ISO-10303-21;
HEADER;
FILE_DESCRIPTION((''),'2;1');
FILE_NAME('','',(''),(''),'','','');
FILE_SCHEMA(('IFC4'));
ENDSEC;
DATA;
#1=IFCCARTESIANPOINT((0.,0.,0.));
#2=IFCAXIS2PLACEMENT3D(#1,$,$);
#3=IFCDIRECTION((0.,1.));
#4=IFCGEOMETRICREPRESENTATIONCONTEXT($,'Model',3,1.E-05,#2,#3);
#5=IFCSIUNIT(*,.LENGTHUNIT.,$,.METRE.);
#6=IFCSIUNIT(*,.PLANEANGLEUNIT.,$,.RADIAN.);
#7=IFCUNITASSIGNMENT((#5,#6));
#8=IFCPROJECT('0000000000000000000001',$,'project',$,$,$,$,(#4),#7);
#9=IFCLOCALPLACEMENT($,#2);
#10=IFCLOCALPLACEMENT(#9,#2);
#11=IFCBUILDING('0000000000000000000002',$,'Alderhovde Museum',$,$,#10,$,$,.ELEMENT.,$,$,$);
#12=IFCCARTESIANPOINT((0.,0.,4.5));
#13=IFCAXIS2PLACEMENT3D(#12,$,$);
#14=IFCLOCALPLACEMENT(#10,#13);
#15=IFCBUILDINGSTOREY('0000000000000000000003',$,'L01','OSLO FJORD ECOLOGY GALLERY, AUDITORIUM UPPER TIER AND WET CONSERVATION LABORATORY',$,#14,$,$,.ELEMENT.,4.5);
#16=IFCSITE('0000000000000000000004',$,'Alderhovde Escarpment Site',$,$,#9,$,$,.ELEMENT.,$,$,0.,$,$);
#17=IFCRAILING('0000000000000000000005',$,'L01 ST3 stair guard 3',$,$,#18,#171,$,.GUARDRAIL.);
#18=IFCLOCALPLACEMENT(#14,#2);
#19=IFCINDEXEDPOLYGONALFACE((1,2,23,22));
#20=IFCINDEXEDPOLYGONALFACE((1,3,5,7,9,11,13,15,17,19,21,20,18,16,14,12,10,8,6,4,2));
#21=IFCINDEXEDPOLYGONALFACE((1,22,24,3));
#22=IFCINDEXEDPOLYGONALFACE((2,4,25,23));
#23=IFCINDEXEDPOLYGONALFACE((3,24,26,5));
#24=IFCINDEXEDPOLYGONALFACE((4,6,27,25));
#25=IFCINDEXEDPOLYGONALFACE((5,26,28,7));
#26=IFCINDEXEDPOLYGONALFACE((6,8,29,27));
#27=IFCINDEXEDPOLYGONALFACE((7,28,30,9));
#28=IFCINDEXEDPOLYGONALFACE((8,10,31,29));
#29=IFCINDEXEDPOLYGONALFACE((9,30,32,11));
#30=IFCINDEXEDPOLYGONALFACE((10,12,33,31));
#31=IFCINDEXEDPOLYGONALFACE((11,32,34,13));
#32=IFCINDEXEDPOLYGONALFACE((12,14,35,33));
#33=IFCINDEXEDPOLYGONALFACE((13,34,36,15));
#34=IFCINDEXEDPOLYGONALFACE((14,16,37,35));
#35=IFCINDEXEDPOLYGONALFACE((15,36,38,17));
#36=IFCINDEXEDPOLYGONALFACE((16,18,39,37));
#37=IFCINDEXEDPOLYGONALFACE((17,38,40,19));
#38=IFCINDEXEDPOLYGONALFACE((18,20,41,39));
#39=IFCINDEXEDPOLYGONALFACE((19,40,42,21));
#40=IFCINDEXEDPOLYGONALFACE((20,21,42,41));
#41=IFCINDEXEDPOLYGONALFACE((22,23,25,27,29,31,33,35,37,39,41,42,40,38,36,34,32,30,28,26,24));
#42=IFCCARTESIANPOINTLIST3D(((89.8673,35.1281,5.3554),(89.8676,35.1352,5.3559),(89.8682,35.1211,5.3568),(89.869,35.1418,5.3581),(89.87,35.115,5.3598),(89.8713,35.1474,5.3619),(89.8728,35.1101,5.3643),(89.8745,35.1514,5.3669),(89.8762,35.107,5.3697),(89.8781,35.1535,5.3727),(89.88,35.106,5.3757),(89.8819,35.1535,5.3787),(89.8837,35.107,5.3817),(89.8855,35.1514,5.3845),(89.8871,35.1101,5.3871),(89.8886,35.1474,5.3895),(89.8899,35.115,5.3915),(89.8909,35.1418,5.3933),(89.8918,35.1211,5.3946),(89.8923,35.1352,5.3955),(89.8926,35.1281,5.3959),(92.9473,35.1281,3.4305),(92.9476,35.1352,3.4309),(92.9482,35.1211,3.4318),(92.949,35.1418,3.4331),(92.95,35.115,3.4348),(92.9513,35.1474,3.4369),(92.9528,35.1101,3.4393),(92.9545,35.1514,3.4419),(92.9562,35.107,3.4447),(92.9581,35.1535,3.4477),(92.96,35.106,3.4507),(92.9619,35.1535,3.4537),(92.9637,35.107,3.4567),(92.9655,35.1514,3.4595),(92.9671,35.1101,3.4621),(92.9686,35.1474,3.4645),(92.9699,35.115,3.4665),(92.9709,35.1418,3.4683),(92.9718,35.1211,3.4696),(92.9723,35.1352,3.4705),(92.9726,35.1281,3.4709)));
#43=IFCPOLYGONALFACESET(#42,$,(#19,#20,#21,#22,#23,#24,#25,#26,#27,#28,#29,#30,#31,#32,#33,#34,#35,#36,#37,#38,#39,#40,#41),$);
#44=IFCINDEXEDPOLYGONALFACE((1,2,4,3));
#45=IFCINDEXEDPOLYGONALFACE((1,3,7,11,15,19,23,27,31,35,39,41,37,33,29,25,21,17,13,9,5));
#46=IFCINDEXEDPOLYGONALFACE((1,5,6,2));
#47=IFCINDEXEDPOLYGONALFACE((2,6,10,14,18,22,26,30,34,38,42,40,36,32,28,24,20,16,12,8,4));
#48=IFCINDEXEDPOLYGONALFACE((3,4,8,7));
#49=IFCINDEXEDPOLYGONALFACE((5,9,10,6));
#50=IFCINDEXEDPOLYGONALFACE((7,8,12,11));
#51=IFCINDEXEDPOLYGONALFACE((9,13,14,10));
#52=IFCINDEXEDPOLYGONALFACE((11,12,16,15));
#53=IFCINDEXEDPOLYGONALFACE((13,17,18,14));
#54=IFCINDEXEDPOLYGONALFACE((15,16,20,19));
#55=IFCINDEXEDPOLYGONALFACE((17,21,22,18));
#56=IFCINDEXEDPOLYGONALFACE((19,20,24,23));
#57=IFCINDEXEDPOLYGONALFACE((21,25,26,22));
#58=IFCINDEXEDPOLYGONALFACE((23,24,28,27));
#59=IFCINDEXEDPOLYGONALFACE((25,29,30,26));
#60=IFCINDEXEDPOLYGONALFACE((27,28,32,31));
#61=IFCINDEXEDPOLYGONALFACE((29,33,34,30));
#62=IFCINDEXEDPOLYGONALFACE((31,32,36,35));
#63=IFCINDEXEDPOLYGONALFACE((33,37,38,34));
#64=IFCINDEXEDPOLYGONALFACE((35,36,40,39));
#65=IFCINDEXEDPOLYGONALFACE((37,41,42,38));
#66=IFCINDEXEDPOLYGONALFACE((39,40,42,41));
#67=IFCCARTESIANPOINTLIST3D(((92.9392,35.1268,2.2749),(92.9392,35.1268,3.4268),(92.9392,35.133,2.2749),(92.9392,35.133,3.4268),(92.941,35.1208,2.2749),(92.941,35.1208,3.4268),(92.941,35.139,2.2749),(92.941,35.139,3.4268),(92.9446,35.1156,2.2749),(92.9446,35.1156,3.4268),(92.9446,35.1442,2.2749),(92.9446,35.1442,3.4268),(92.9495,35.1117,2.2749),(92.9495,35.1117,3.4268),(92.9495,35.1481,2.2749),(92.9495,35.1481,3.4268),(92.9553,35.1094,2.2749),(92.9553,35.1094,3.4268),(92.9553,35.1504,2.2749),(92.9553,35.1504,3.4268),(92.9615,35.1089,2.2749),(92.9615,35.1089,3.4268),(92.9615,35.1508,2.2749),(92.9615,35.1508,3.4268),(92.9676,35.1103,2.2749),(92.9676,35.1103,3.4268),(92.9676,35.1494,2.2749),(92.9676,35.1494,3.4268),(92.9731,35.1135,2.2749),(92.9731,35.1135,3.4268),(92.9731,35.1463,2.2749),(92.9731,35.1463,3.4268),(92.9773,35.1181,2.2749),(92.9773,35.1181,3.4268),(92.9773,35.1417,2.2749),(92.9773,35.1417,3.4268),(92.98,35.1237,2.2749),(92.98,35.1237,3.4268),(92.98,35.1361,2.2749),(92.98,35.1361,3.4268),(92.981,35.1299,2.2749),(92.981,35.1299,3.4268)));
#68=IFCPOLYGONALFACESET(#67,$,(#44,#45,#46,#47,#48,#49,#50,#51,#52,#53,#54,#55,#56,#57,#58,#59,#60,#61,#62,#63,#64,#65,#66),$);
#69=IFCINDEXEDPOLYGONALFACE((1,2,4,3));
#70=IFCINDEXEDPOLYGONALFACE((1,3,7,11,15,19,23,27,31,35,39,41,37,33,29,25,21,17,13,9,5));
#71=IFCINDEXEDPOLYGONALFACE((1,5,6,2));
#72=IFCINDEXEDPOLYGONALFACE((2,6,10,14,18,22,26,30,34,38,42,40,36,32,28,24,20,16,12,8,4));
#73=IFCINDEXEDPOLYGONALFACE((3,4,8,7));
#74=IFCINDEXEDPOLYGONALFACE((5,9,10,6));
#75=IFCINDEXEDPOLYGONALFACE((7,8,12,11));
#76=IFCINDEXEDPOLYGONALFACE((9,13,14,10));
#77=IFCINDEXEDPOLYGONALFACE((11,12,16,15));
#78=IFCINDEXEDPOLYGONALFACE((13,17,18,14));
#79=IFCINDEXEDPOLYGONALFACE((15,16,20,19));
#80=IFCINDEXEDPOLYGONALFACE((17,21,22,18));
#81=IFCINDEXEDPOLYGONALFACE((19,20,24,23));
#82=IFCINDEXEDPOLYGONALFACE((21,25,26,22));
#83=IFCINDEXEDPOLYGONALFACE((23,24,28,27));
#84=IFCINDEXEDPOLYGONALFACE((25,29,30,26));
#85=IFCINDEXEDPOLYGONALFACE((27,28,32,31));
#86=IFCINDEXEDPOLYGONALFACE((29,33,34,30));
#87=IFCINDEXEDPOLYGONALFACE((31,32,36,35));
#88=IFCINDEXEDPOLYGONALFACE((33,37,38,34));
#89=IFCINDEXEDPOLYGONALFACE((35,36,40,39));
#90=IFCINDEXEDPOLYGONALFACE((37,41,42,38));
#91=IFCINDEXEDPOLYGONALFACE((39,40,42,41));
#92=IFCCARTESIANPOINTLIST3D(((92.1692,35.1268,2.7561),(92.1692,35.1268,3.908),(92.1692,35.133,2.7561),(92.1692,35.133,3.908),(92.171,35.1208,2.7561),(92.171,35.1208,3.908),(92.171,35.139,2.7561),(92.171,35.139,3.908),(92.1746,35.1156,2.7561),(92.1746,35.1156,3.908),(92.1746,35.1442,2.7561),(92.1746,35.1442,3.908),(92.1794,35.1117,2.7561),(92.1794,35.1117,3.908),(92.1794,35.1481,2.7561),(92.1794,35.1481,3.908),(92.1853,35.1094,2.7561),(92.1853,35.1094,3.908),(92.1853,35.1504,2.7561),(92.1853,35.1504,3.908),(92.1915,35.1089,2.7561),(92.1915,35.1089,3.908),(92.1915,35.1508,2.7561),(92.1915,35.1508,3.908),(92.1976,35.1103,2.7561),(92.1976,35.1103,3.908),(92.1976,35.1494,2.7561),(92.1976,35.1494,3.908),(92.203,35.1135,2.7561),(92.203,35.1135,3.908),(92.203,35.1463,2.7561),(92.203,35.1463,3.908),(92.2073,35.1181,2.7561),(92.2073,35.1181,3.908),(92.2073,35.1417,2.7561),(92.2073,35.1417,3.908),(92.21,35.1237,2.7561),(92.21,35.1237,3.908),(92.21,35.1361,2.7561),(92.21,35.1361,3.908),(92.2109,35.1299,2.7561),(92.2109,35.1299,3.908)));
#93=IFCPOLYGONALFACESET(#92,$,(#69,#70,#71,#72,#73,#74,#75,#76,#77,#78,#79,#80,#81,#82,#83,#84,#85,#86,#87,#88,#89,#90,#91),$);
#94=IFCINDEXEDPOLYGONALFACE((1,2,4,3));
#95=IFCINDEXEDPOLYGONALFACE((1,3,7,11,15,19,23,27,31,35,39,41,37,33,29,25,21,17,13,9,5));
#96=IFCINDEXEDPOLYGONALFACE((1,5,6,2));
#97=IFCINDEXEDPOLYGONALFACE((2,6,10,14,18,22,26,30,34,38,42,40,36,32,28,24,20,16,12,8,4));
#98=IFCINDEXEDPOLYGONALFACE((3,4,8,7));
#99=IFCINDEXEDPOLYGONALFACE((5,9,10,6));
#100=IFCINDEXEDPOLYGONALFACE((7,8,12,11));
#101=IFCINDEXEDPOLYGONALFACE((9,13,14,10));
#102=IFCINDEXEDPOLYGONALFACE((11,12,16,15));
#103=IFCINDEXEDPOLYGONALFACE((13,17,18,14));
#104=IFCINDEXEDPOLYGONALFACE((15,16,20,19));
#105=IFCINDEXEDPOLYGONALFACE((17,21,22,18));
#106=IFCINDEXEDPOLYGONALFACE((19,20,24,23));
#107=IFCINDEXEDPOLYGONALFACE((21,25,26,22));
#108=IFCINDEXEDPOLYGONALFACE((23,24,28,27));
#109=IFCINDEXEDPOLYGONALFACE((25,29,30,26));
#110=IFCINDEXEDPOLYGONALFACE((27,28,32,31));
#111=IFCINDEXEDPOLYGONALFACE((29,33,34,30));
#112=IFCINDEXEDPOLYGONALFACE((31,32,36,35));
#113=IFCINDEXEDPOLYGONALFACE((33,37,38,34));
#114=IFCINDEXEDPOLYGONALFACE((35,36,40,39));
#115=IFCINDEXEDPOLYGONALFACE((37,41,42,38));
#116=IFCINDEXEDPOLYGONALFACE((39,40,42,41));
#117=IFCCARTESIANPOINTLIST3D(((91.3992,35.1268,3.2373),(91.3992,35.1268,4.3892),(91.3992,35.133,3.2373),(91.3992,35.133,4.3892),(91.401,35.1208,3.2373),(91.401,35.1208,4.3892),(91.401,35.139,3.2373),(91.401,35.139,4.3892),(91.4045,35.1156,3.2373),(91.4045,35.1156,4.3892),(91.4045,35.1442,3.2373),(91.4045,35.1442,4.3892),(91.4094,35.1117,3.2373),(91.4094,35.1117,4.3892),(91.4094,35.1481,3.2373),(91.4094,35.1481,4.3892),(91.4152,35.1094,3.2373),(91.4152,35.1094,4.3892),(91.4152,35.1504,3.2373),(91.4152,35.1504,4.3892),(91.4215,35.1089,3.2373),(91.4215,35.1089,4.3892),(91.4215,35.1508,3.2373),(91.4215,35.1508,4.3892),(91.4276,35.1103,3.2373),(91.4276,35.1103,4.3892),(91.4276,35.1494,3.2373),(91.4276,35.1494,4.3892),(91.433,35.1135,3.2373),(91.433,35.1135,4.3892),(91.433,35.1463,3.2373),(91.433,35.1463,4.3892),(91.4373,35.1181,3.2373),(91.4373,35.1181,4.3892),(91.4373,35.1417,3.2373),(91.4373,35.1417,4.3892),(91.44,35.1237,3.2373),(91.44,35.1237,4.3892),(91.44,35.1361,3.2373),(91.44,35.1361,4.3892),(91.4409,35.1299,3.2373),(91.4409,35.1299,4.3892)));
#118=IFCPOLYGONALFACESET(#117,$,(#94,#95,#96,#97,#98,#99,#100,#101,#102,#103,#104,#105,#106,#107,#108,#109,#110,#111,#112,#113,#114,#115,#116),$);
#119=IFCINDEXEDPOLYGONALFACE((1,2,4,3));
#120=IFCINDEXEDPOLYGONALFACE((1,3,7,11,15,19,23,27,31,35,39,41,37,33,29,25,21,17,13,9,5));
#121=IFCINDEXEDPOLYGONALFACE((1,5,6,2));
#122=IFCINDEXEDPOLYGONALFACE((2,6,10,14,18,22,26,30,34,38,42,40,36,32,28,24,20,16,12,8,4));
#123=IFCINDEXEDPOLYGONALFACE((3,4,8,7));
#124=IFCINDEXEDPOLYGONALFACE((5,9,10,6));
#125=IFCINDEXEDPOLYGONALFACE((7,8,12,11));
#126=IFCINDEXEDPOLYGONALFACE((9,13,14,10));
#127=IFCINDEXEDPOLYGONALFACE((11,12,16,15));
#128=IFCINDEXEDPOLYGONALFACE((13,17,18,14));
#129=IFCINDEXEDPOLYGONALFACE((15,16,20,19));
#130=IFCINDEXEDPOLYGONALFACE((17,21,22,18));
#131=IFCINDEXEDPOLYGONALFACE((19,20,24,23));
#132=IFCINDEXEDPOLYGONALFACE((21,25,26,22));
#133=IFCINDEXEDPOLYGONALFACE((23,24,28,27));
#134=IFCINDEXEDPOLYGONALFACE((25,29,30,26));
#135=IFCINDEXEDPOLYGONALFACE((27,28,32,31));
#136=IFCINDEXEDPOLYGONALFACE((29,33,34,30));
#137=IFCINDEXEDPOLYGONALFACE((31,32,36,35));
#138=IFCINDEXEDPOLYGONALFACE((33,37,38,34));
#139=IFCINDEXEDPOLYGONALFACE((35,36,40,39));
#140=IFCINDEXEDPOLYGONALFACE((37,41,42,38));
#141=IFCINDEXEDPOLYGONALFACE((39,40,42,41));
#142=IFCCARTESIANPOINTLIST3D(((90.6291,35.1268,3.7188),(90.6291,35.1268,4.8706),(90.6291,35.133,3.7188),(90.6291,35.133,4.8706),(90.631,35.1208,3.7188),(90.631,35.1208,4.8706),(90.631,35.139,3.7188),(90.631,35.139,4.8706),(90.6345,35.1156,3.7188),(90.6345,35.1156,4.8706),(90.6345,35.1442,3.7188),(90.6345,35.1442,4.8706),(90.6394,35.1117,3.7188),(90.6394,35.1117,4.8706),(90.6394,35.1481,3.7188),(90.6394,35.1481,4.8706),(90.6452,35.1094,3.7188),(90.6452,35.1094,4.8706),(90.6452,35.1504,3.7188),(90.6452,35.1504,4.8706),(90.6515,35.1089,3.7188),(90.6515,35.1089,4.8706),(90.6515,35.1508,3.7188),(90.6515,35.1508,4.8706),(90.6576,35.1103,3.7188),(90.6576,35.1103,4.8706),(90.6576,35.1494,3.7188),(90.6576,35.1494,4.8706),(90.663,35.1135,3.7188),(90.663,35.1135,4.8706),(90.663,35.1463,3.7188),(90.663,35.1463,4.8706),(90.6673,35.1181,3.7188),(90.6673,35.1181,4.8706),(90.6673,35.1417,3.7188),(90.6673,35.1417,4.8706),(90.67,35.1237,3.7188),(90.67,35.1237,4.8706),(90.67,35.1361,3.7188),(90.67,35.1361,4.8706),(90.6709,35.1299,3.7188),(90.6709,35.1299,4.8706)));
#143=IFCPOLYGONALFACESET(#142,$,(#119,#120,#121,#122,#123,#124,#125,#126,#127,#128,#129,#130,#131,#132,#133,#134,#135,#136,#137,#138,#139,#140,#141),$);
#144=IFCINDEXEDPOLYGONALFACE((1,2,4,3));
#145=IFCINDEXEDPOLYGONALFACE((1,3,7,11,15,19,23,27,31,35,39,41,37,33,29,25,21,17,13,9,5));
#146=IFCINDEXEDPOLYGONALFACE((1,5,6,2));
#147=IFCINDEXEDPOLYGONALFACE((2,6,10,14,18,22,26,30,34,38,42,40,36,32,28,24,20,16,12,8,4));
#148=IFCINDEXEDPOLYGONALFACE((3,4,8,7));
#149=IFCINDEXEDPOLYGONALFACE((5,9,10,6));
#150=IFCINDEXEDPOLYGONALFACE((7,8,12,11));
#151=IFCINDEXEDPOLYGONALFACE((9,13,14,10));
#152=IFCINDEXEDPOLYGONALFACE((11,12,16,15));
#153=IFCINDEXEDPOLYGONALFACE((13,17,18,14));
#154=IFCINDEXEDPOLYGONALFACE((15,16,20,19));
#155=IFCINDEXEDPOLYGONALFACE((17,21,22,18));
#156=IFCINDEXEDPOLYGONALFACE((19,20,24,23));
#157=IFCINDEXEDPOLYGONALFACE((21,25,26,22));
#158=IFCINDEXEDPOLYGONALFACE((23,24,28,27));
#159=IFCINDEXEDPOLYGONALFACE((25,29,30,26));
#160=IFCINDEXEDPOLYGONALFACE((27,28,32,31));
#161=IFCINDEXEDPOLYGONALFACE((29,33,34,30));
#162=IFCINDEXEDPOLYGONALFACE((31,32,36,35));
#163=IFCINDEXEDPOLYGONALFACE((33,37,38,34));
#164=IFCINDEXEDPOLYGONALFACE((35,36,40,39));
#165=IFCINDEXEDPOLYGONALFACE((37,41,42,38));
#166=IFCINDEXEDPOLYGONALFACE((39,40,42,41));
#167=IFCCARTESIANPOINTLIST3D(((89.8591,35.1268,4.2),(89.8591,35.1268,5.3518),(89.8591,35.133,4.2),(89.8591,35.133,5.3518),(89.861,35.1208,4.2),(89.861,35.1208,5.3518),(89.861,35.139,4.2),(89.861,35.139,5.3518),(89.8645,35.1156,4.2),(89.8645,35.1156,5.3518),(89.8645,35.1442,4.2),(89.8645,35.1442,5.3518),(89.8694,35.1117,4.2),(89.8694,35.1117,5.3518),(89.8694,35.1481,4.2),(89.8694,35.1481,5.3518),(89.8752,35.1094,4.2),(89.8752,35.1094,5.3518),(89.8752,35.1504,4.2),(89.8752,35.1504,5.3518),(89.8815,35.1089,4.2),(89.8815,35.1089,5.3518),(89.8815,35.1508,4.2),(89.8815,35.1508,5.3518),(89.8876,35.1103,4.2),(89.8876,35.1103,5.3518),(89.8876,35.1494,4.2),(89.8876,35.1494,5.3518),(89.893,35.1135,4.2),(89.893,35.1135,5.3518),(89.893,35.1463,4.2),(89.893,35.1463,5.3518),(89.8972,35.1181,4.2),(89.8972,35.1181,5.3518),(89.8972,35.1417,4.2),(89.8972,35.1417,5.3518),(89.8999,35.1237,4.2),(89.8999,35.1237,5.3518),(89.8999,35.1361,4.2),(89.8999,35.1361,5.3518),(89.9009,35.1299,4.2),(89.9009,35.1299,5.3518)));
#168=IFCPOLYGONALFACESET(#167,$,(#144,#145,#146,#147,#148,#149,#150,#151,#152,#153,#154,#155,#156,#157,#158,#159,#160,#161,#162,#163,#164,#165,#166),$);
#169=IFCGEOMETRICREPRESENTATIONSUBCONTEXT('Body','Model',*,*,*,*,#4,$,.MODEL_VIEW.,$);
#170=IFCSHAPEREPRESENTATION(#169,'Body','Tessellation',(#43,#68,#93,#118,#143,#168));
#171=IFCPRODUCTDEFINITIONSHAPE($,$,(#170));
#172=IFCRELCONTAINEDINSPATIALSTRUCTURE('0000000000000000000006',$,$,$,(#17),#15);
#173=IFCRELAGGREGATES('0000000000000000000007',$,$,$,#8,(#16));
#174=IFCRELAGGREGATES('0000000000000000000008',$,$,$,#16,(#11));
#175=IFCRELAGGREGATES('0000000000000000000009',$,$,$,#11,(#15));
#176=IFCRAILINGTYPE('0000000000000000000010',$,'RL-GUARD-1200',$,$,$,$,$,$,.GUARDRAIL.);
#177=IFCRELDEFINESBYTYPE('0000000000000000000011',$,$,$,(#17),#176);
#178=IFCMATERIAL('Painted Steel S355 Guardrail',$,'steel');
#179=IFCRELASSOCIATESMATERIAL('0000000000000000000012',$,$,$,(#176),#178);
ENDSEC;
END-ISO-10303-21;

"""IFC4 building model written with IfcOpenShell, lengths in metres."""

from ifc_helpers import new_model, si_unit, direction, frame, origin, origin_2d, place, context, subcontext, project, spatial, circle, extrude, material, type_object, element, save


model = new_model("IFC4")

# Units and contexts
model_context = context("Model", 3, precision=1e-05, world=origin(), true_north=direction((0.0, 1.0)))
body_context = subcontext(model_context, "Body", "Model", "MODEL_VIEW")
ifc_project = project(units=[si_unit("LENGTHUNIT", "METRE"), si_unit("PLANEANGLEUNIT", "RADIAN")], contexts=[model_context])

# Site, building, storey
site_placement = place(None, origin())
site = spatial("IfcSite", under=ifc_project, at=site_placement, Name="Alderhovde Escarpment Site", CompositionType="ELEMENT", RefElevation=0.0)
building_placement = place(site_placement, origin())
building = spatial("IfcBuilding", under=site, at=building_placement, Name="Alderhovde Museum", CompositionType="ELEMENT")
storey_placement = place(building_placement, frame((0.0, 0.0, 4.5)))
storey = spatial("IfcBuildingStorey", under=building, at=storey_placement, Name="L01", Description="OSLO FJORD ECOLOGY GALLERY, AUDITORIUM UPPER TIER AND WET CONSERVATION LABORATORY", CompositionType="ELEMENT", Elevation=4.5)

# Railing
ifc_material_1 = material(Name="Painted Steel S355 Guardrail", Category="steel")
railing_type_1 = type_object("IfcRailingType", Name="RL-GUARD-1200", PredefinedType="GUARDRAIL", material=ifc_material_1)
railing_1_placement = place(storey_placement, frame((92.96, 35.1299, 2.2749)))
element("IfcRailing", 1, at=railing_1_placement, inside=storey, type_object=railing_type_1, Name="L01 ST3 stair guard 3", PredefinedType="GUARDRAIL", context=body_context, shape_type="SweptSolid", body=[
    extrude(circle(Radius=0.0239, at=origin_2d()), frame((0.0, 0.0, 1.1758), z_axis=(-0.847998, 0.0, 0.529999), x_axis=(0.0, -1.0, 0.0)), (0.0, 0.0, 1.0), 3.6321),
    extrude(circle(Radius=0.021, at=origin_2d()), origin(), (0.0, 0.0, 1.0), 1.1519),
    extrude(circle(Radius=0.021, at=origin_2d()), frame((-0.77, 0.0, 0.4812)), (0.0, 0.0, 1.0), 1.1519),
    extrude(circle(Radius=0.021, at=origin_2d()), frame((-1.54, 0.0, 0.9624)), (0.0, 0.0, 1.0), 1.1519),
    extrude(circle(Radius=0.021, at=origin_2d()), frame((-2.3101, 0.0, 1.4438)), (0.0, 0.0, 1.0), 1.1519),
    extrude(circle(Radius=0.021, at=origin_2d()), frame((-3.0801, 0.0, 1.925)), (0.0, 0.0, 1.0), 1.1519),
])

save(model, "model.ifc")
